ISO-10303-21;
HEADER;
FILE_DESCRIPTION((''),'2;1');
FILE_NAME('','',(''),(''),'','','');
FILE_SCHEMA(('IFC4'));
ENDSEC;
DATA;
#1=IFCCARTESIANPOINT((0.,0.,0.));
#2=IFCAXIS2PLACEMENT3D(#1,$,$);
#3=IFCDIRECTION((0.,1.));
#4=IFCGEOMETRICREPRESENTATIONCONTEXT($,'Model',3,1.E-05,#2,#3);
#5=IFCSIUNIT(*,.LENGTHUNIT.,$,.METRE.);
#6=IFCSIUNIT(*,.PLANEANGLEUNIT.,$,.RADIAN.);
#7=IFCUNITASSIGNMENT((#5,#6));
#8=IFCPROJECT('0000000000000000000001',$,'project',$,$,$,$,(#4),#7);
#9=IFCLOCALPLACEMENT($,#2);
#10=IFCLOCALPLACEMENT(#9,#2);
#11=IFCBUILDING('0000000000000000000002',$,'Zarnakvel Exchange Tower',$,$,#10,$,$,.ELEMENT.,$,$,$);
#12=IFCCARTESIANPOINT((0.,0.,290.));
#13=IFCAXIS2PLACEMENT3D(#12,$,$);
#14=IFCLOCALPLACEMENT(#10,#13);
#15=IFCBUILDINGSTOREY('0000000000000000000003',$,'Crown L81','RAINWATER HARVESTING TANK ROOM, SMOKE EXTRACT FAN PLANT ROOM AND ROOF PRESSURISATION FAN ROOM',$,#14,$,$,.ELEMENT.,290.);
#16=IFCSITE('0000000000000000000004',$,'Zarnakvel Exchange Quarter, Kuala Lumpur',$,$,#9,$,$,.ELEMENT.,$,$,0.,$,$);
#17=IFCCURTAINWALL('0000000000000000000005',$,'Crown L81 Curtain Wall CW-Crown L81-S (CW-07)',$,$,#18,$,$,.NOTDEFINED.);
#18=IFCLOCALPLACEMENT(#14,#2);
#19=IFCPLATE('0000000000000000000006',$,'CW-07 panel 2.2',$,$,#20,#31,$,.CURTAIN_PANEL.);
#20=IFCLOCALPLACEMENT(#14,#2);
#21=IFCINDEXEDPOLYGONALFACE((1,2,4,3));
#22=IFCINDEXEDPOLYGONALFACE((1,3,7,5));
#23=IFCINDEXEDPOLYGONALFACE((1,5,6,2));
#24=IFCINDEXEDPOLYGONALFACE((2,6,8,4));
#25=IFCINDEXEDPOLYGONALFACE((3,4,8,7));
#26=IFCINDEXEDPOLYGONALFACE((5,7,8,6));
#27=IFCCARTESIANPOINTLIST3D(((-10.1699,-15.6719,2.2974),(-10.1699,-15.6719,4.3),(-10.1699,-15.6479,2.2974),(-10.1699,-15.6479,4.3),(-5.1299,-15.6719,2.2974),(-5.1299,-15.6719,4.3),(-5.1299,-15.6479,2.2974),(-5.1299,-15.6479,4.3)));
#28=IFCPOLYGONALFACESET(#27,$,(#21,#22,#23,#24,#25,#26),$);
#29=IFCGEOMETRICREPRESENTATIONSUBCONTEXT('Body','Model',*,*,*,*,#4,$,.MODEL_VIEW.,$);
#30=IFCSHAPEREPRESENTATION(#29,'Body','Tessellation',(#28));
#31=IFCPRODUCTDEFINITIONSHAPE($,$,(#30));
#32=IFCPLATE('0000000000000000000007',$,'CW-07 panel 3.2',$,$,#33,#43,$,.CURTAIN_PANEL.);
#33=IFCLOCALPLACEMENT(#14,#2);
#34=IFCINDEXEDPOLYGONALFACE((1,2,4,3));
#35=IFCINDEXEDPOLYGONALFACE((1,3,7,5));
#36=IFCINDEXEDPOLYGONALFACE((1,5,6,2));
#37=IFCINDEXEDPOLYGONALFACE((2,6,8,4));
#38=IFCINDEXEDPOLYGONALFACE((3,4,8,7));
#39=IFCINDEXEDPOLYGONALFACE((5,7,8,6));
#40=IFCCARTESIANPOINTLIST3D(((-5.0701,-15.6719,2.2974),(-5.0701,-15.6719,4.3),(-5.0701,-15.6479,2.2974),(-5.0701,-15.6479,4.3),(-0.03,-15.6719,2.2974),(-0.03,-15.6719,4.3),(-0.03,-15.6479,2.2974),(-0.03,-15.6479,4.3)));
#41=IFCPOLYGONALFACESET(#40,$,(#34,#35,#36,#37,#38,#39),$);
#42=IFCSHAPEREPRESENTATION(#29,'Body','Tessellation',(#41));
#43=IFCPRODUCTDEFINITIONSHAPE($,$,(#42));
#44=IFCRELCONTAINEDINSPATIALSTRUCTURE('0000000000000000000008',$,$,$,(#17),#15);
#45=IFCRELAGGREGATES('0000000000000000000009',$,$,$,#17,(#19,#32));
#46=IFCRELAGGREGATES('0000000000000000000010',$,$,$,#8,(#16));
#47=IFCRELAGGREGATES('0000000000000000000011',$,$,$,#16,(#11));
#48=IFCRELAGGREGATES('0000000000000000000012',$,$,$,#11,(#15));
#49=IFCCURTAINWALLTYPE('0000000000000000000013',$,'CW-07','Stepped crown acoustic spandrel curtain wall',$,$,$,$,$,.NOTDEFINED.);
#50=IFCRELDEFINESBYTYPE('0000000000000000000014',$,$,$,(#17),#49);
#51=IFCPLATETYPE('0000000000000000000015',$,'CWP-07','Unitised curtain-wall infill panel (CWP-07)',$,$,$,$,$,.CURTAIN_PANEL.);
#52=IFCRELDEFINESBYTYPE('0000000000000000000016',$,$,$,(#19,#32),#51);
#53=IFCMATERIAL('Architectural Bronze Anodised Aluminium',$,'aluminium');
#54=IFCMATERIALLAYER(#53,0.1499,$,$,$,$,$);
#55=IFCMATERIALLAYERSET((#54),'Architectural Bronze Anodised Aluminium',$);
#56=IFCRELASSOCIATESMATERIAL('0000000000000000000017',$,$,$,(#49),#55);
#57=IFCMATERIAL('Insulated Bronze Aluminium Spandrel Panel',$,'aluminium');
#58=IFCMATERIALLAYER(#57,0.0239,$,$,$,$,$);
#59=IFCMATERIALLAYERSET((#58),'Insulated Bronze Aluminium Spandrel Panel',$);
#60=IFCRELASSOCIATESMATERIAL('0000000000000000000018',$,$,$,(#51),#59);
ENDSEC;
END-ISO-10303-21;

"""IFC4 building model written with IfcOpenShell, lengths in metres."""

from ifc_helpers import new_model, si_unit, direction, frame, origin, origin_2d, place, context, subcontext, project, spatial, rectangle, extrude, source, transform, mapped, material, layer, layer_set, type_object, element, aggregate, save


model = new_model("IFC4")

# Units and contexts
model_context = context("Model", 3, precision=1e-05, world=origin(), true_north=direction((0.0, 1.0)))
body_context = subcontext(model_context, "Body", "Model", "MODEL_VIEW")
ifc_project = project(units=[si_unit("LENGTHUNIT", "METRE"), si_unit("PLANEANGLEUNIT", "RADIAN")], contexts=[model_context])

# Site, building, storey
site_placement = place(None, origin())
site = spatial("IfcSite", under=ifc_project, at=site_placement, Name="Zarnakvel Exchange Quarter, Kuala Lumpur", CompositionType="ELEMENT", RefElevation=0.0)
building_placement = place(site_placement, origin())
building = spatial("IfcBuilding", under=site, at=building_placement, Name="Zarnakvel Exchange Tower", CompositionType="ELEMENT")
storey_placement = place(building_placement, frame((0.0, 0.0, 290.0)))
storey = spatial("IfcBuildingStorey", under=building, at=storey_placement, Name="Crown L81", Description="RAINWATER HARVESTING TANK ROOM, SMOKE EXTRACT FAN PLANT ROOM AND ROOF PRESSURISATION FAN ROOM", CompositionType="ELEMENT", Elevation=290.0)

# Curtain wall, plates
ifc_material_1 = material(Name="Architectural Bronze Anodised Aluminium", Category="aluminium")
ifc_layer_1 = layer(ifc_material_1, 0.1499)
ifc_layer_set_1 = layer_set([ifc_layer_1], Name="Architectural Bronze Anodised Aluminium")
curtain_wall_type = type_object("IfcCurtainWallType", Name="CW-07", Description="Stepped crown acoustic spandrel curtain wall", PredefinedType="NOTDEFINED", material=ifc_layer_set_1)
curtain_wall_placement = place(storey_placement, origin())
curtain_wall = element("IfcCurtainWall", 1, at=curtain_wall_placement, inside=storey, type_object=curtain_wall_type, Name="Crown L81 Curtain Wall CW-Crown L81-S (CW-07)", PredefinedType="NOTDEFINED")
ifc_material_2 = material(Name="Insulated Bronze Aluminium Spandrel Panel", Category="aluminium")
ifc_layer_2 = layer(ifc_material_2, 0.0239)
ifc_layer_set_2 = layer_set([ifc_layer_2], Name="Insulated Bronze Aluminium Spandrel Panel")
plate_type = type_object("IfcPlateType", Name="CWP-07", Description="Unitised curtain-wall infill panel (CWP-07)", PredefinedType="CURTAIN_PANEL", material=ifc_layer_set_2)
shared_shape_1 = source(origin(), body_context, "Body", "SweptSolid", [
    extrude(rectangle(XDim=5.04, YDim=0.0239, at=origin_2d()), origin(), (0.0, 0.0, 1.0), 2.0027),
])
plate_1_placement = place(storey_placement, frame((-7.6499, -15.6599, 2.2974), z_axis=(0.0, 0.0, 1.0), x_axis=(1.0, 0.0, 0.0)))
plate_1 = element("IfcPlate", 2, at=plate_1_placement, type_object=plate_type, Name="CW-07 panel 2.2", PredefinedType="CURTAIN_PANEL", context=body_context, shape_type="MappedRepresentation", body=[
    mapped(shared_shape_1, transform((0.0, 0.0, 0.0), x_axis=(1.0, 0.0, 0.0), y_axis=(0.0, 1.0, 0.0), z_axis=(0.0, 0.0, 1.0), scale=1.0)),
])
plate_2_placement = place(storey_placement, frame((-2.55, -15.6599, 2.2974), z_axis=(0.0, 0.0, 1.0), x_axis=(1.0, 0.0, 0.0)))
plate_2 = element("IfcPlate", 3, at=plate_2_placement, type_object=plate_type, Name="CW-07 panel 3.2", PredefinedType="CURTAIN_PANEL", context=body_context, shape_type="MappedRepresentation", body=[
    mapped(shared_shape_1, transform((0.0, 0.0, 0.0), x_axis=(1.0, 0.0, 0.0), y_axis=(0.0, 1.0, 0.0), z_axis=(0.0, 0.0, 1.0), scale=1.0)),
])
aggregate(curtain_wall, [plate_1, plate_2])

save(model, "model.ifc")
